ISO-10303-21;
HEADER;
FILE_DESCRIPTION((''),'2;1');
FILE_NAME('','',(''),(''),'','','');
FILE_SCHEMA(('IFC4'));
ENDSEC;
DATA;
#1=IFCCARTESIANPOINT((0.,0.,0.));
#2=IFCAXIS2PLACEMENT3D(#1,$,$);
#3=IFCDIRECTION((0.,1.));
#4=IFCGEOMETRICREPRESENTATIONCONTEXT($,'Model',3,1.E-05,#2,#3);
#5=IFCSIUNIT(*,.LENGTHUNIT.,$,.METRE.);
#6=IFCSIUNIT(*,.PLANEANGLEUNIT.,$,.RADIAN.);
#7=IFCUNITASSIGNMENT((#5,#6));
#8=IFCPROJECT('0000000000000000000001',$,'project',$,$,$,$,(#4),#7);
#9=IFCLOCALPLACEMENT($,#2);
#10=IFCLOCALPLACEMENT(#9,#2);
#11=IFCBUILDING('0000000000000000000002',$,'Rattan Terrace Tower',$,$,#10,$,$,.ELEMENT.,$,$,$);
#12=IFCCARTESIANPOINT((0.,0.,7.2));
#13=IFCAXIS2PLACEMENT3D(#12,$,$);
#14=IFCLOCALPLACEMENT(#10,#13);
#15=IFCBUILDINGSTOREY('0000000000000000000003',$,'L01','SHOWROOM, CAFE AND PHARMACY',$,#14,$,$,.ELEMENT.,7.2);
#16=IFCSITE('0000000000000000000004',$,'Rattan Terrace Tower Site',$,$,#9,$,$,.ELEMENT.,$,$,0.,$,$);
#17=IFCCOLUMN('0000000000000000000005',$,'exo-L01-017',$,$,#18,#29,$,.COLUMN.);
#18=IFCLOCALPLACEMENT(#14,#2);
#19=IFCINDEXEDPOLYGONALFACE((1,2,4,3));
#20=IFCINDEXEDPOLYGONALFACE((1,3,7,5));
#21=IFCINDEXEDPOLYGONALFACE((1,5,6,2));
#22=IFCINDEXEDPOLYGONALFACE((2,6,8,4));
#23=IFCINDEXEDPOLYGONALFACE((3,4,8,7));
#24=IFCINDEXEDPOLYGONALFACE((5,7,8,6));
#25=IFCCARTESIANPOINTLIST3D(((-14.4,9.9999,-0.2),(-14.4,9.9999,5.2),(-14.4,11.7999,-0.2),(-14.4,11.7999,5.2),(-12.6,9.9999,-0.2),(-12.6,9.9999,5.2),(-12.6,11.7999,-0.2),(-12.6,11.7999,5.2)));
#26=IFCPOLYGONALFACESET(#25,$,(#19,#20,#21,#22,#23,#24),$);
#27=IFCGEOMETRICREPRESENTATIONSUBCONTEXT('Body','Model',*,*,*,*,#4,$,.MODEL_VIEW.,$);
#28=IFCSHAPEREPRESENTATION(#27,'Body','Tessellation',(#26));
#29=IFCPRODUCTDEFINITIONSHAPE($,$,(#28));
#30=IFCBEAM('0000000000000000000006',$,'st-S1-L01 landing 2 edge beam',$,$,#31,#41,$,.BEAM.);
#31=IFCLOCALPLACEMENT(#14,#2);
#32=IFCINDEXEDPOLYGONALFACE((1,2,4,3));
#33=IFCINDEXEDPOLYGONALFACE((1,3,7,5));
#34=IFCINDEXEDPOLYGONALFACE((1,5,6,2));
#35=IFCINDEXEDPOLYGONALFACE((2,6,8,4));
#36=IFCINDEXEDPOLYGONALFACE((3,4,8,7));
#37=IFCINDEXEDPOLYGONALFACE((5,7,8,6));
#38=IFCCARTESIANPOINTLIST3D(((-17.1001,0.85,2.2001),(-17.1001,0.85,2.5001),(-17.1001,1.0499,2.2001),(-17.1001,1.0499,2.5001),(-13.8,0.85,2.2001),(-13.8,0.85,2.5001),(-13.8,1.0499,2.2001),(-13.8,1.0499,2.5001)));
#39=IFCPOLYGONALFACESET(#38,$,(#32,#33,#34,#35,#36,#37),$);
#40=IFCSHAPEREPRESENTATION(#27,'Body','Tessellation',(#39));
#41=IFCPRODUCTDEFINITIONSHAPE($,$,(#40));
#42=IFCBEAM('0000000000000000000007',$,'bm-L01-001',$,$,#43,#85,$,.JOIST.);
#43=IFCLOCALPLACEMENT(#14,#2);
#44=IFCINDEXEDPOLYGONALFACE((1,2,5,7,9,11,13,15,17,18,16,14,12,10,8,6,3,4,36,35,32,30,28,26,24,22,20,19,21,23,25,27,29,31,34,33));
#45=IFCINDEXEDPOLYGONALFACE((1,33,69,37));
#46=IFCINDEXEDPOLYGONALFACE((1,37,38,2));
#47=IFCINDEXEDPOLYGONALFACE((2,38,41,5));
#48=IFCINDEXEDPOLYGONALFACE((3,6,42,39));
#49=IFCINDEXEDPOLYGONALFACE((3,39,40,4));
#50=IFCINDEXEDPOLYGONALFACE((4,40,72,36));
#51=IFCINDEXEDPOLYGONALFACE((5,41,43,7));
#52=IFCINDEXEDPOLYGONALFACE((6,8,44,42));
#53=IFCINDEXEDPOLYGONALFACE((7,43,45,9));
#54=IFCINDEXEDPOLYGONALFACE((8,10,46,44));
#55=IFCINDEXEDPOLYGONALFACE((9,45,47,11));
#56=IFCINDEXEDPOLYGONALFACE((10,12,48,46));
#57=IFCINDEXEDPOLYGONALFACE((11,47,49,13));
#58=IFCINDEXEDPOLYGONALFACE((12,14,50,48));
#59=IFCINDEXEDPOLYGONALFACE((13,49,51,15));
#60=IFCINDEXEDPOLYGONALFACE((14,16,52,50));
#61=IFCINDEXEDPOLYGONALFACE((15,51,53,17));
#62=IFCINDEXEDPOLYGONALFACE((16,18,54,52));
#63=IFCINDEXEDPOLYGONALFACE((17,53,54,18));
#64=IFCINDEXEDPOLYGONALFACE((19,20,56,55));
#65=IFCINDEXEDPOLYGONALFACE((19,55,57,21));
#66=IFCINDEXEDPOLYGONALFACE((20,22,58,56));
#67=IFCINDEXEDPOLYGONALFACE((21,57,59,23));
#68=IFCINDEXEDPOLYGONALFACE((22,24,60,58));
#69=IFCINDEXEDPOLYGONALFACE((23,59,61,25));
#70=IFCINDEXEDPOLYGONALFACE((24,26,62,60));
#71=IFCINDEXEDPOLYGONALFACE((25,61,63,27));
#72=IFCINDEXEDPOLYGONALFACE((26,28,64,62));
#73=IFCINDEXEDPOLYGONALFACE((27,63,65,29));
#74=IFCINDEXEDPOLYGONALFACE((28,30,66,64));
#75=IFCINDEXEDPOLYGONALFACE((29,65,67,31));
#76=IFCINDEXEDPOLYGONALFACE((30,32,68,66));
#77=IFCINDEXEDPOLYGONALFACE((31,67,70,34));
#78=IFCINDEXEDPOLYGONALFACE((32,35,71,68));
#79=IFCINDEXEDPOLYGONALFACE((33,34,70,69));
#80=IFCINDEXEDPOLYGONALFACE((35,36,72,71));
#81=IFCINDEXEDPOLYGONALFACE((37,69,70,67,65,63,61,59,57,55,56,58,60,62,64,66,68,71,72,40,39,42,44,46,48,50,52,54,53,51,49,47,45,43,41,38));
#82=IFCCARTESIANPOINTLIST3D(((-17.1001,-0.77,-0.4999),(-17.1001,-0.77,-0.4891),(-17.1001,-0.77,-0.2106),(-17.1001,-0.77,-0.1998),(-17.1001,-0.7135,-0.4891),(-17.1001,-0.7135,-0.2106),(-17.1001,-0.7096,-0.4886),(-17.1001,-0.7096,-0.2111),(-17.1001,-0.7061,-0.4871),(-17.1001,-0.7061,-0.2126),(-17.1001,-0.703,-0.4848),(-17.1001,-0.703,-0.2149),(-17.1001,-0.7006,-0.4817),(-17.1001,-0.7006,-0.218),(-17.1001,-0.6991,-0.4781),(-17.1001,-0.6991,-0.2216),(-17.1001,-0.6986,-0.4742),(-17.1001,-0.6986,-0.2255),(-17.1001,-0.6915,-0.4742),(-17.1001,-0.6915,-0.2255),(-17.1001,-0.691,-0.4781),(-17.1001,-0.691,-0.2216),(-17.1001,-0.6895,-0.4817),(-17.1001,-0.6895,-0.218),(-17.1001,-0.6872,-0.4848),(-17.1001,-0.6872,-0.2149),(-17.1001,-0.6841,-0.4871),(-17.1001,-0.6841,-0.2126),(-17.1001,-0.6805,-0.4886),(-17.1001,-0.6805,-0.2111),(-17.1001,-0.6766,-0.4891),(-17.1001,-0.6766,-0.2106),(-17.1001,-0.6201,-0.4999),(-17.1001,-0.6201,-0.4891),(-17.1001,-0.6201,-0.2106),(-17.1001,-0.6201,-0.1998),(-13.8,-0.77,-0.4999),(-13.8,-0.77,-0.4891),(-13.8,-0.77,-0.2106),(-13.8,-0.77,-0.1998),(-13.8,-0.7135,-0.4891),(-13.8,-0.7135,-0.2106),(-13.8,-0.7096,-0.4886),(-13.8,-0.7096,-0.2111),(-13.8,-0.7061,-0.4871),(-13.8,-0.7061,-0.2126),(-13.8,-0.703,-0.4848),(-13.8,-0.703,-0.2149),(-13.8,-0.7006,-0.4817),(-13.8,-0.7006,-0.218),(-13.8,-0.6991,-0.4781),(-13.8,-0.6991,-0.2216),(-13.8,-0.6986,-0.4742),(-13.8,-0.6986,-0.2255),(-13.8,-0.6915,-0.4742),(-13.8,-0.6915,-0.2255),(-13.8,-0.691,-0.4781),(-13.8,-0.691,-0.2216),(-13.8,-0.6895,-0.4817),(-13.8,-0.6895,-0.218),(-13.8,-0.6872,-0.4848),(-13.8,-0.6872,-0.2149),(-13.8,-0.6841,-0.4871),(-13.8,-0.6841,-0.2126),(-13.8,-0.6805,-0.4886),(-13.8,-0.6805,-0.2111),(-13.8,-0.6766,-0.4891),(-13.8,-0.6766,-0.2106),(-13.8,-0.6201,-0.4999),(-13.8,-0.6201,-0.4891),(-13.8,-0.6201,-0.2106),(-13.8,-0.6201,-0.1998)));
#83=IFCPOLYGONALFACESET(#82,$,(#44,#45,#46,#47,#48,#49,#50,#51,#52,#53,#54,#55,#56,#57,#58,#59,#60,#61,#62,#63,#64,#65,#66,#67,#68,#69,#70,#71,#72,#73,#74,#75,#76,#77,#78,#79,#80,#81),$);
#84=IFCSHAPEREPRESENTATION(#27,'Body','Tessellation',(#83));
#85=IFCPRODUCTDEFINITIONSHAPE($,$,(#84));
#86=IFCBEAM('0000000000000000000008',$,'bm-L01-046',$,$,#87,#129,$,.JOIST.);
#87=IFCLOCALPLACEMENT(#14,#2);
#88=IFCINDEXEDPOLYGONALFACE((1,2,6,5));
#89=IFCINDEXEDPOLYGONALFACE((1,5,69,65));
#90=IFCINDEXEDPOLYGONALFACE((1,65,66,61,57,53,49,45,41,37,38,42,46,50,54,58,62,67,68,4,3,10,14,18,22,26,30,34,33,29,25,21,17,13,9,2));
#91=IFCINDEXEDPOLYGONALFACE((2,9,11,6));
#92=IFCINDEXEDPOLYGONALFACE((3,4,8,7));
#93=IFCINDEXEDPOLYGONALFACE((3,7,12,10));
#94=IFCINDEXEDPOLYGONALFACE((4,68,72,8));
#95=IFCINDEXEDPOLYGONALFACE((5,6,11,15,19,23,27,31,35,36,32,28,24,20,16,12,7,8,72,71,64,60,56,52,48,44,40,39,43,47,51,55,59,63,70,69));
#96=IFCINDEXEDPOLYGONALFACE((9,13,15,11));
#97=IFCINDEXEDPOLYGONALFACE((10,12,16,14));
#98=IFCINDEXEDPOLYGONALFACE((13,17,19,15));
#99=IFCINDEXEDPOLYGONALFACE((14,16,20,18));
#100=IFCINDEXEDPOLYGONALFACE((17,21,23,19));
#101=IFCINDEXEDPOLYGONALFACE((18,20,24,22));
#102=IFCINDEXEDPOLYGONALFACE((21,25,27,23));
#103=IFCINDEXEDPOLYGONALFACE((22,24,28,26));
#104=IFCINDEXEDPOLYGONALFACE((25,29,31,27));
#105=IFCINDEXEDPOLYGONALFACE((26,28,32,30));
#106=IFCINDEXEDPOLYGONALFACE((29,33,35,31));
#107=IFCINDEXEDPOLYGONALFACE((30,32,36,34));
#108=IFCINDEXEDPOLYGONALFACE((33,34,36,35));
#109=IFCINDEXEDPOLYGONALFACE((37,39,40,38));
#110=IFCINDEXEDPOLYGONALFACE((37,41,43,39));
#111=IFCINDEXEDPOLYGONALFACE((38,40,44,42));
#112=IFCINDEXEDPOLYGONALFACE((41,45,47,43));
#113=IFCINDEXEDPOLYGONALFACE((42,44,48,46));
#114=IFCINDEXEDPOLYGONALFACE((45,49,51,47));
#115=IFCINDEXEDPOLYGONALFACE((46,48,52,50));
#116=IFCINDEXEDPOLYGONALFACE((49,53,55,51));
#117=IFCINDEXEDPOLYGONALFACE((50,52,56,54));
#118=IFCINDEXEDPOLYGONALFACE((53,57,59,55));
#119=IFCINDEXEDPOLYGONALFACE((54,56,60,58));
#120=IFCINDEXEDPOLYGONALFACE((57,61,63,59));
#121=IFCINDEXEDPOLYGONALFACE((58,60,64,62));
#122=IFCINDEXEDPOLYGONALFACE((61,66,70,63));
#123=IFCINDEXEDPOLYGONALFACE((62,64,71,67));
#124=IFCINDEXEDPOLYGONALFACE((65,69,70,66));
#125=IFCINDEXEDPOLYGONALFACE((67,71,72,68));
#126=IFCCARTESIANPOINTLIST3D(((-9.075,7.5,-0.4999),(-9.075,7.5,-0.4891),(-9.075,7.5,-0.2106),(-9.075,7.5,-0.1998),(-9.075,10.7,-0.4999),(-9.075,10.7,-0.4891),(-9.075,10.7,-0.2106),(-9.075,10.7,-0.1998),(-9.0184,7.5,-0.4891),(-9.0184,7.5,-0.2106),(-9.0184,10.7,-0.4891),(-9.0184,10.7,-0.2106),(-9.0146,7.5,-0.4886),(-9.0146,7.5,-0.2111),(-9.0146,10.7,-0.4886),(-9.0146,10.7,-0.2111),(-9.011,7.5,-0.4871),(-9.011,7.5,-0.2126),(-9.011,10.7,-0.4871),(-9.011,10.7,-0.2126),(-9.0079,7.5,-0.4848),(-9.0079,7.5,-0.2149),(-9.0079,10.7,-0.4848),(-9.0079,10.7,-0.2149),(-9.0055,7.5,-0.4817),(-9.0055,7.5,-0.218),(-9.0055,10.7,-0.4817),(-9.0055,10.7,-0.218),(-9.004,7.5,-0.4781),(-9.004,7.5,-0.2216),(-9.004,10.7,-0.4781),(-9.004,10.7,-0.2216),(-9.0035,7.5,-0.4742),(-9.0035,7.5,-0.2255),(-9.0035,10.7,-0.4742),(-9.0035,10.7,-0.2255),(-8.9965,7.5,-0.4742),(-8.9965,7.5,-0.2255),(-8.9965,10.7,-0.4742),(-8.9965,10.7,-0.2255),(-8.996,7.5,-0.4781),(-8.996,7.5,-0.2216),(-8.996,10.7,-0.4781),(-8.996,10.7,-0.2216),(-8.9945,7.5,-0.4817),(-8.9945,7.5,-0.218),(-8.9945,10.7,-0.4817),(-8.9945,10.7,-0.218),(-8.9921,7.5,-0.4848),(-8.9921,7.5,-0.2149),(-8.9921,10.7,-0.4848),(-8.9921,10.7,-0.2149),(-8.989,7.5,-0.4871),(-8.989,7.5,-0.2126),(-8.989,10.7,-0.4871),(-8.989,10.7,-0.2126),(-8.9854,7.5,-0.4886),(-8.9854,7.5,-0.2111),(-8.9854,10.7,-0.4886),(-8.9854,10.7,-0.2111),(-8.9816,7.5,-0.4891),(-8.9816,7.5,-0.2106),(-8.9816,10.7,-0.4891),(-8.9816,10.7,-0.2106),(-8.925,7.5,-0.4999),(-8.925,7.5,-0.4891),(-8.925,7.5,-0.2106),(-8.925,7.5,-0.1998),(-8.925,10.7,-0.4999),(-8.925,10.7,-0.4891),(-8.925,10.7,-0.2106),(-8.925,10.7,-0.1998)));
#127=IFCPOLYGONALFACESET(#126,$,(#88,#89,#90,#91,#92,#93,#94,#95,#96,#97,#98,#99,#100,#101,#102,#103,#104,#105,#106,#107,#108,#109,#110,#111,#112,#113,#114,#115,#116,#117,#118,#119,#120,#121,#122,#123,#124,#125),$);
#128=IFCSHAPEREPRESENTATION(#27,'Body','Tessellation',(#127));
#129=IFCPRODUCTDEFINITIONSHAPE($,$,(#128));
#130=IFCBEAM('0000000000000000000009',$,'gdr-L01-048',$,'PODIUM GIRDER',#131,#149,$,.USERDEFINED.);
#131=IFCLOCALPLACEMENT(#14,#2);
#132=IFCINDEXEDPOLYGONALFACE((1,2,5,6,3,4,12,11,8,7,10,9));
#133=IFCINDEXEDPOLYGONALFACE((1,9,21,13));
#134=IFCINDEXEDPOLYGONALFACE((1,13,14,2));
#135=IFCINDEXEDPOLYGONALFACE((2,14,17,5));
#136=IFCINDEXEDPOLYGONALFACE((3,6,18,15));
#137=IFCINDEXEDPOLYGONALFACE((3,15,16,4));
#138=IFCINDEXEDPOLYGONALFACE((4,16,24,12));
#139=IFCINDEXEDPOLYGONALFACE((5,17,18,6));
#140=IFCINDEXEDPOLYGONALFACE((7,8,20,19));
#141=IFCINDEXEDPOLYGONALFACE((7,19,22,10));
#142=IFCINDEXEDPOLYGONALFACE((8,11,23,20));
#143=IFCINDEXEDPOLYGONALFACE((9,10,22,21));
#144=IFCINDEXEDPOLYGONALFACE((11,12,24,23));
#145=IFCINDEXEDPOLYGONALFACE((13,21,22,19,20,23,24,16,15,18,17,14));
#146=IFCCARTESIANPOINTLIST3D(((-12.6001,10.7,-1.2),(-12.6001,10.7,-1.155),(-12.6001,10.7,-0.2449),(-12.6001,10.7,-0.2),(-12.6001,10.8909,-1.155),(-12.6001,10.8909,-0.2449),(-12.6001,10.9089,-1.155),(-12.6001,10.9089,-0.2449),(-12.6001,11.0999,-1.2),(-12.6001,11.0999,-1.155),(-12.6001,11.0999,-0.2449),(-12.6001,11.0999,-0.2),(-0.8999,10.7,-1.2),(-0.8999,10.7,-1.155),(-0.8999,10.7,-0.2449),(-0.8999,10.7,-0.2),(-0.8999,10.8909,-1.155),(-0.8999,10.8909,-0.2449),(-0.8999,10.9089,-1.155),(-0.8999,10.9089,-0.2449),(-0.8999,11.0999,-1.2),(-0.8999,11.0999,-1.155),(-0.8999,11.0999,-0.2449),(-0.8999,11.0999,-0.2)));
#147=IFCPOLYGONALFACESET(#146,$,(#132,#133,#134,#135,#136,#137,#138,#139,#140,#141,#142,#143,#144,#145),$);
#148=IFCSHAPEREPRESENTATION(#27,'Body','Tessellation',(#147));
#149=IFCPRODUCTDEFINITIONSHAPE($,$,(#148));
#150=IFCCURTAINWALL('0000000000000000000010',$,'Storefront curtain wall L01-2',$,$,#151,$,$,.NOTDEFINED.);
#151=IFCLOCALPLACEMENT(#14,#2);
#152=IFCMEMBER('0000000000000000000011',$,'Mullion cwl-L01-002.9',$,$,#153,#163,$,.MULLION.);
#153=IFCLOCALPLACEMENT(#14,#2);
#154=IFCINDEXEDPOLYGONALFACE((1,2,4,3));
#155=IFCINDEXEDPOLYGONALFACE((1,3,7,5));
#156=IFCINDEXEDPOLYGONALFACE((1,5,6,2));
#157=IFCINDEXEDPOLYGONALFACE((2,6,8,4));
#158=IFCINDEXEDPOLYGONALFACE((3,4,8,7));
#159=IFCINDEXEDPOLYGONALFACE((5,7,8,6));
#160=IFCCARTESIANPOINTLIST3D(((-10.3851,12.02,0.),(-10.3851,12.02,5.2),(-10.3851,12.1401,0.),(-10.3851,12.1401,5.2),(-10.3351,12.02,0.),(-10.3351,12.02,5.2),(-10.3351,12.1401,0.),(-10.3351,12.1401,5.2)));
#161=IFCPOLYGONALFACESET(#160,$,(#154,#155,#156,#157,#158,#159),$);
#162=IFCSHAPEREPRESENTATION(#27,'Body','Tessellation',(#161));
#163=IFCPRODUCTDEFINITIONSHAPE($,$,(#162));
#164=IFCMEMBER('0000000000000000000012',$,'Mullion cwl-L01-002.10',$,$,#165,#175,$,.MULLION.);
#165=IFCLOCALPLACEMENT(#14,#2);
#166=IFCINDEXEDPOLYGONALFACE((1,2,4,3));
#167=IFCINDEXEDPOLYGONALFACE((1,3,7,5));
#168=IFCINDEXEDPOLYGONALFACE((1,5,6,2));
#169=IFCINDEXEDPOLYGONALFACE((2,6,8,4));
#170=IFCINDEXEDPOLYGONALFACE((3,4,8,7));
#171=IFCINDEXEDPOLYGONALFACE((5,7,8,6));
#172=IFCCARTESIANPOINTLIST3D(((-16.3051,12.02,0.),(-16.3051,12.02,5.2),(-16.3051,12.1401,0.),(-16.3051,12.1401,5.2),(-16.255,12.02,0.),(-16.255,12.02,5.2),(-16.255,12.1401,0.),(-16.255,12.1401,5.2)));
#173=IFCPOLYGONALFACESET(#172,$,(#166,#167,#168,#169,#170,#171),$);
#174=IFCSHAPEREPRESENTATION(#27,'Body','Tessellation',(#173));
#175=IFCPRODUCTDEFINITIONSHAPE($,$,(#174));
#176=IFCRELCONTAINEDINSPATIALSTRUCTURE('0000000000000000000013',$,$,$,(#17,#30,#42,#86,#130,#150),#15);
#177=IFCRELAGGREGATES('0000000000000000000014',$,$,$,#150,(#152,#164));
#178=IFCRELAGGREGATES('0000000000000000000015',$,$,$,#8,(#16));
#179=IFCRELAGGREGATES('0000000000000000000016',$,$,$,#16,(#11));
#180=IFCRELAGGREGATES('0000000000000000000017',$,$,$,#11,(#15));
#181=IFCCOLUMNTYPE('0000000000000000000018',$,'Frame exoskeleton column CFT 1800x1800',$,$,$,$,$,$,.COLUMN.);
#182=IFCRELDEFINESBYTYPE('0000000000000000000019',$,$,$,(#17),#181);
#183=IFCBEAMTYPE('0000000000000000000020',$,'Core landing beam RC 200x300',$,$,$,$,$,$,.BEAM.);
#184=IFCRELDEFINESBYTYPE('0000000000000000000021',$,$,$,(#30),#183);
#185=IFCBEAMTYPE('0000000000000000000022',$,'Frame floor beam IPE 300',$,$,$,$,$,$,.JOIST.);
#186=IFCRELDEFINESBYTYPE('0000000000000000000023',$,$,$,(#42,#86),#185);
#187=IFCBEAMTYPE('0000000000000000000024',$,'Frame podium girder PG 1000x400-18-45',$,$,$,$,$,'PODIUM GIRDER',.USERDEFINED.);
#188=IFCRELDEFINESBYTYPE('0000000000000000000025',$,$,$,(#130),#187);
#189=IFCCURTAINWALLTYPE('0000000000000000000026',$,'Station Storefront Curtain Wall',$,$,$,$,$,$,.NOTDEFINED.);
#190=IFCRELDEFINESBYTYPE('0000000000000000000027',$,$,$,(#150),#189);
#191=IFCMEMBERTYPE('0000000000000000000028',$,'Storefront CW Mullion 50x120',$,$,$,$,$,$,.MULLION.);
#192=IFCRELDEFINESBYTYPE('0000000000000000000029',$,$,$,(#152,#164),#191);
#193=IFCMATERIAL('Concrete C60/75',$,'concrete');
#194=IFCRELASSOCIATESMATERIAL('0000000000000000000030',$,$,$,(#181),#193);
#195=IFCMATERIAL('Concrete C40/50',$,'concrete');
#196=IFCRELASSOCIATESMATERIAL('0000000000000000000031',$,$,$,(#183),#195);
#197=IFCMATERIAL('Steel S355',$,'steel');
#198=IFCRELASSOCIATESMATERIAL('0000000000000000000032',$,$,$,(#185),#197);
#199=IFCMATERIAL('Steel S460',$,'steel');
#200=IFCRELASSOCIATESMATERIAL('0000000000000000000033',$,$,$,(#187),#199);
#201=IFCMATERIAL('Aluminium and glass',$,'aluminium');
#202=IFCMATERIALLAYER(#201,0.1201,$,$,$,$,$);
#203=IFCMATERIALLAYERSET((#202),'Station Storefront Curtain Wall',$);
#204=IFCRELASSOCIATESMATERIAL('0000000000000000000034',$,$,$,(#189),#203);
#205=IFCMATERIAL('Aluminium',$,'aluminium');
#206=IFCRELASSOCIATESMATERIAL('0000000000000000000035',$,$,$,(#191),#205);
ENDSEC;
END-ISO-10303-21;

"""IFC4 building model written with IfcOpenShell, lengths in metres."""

from ifc_helpers import new_model, si_unit, direction, frame, origin, origin_2d, place, context, subcontext, project, spatial, rectangle, i_section, extrude, material, layer, layer_set, material_profile, profile_set, type_object, element, aggregate, save


model = new_model("IFC4")

# Units and contexts
model_context = context("Model", 3, precision=1e-05, world=origin(), true_north=direction((0.0, 1.0)))
body_context = subcontext(model_context, "Body", "Model", "MODEL_VIEW")
ifc_project = project(units=[si_unit("LENGTHUNIT", "METRE"), si_unit("PLANEANGLEUNIT", "RADIAN")], contexts=[model_context])

# Site, building, storey
site_placement = place(None, origin())
site = spatial("IfcSite", under=ifc_project, at=site_placement, Name="Rattan Terrace Tower Site", CompositionType="ELEMENT", RefElevation=0.0)
building_placement = place(site_placement, origin())
building = spatial("IfcBuilding", under=site, at=building_placement, Name="Rattan Terrace Tower", CompositionType="ELEMENT")
storey_placement = place(building_placement, frame((0.0, 0.0, 7.2)))
storey = spatial("IfcBuildingStorey", under=building, at=storey_placement, Name="L01", Description="SHOWROOM, CAFE AND PHARMACY", CompositionType="ELEMENT", Elevation=7.2)

# Column
ifc_material_1 = material(Name="Concrete C60/75", Category="concrete")
ifc_material_profile_1 = material_profile(ifc_material_1, rectangle(XDim=1.8, YDim=1.8, at=origin_2d()), Name="CFT 1800x1800")
ifc_profile_set_1 = profile_set([ifc_material_profile_1], Name="Concrete C60/75")
column_type = type_object("IfcColumnType", Name="Frame exoskeleton column CFT 1800x1800", PredefinedType="COLUMN", material=ifc_profile_set_1)
column_placement = place(storey_placement, frame((-13.5, 10.8999, -0.2), z_axis=(0.0, 0.0, 1.0), x_axis=(1.0, 0.0, 0.0)))
element("IfcColumn", 1, at=column_placement, inside=storey, type_object=column_type, Name="exo-L01-017", PredefinedType="COLUMN", context=body_context, shape_type="SweptSolid", body=[
    extrude(rectangle(XDim=1.8, YDim=1.8, at=origin_2d()), origin(), (0.0, 0.0, 1.0), 5.3999),
])

# Beams
ifc_material_2 = material(Name="Concrete C40/50", Category="concrete")
ifc_material_profile_2 = material_profile(ifc_material_2, rectangle(XDim=0.2, YDim=0.3, at=origin_2d()), Name="RC 200x300")
ifc_profile_set_2 = profile_set([ifc_material_profile_2], Name="Concrete C40/50")
beam_type_1 = type_object("IfcBeamType", Name="Core landing beam RC 200x300", PredefinedType="BEAM", material=ifc_profile_set_2)
beam_1_placement = place(storey_placement, frame((-17.1001, 0.95, 2.3501), z_axis=(1.0, 0.0, 0.0), x_axis=(0.0, 1.0, 0.0)))
element("IfcBeam", 2, at=beam_1_placement, inside=storey, type_object=beam_type_1, Name="st-S1-L01 landing 2 edge beam", PredefinedType="BEAM", context=body_context, shape_type="SweptSolid", body=[
    extrude(rectangle(XDim=0.2, YDim=0.3, at=origin_2d()), origin(), (0.0, 0.0, 1.0), 3.3),
])
ifc_material_3 = material(Name="Steel S355", Category="steel")
ifc_material_profile_3 = material_profile(ifc_material_3, i_section(OverallWidth=0.1499, OverallDepth=0.3, WebThickness=0.0071, FlangeThickness=0.0107, FilletRadius=0.0149, at=origin_2d()), Name="IPE 300")
ifc_profile_set_3 = profile_set([ifc_material_profile_3], Name="Steel S355")
beam_type_2 = type_object("IfcBeamType", Name="Frame floor beam IPE 300", PredefinedType="JOIST", material=ifc_profile_set_3)
beam_2_placement = place(storey_placement, frame((-17.1001, -0.6951, -0.3499), z_axis=(1.0, 0.0, 0.0), x_axis=(0.0, 1.0, 0.0)))
element("IfcBeam", 3, at=beam_2_placement, inside=storey, type_object=beam_type_2, Name="bm-L01-001", PredefinedType="JOIST", context=body_context, shape_type="SweptSolid", body=[
    extrude(i_section(OverallWidth=0.1499, OverallDepth=0.3, WebThickness=0.0071, FlangeThickness=0.0107, FilletRadius=0.0149, at=origin_2d()), origin(), (0.0, 0.0, 1.0), 3.3),
])
beam_3_placement = place(storey_placement, frame((-9.0, 7.5, -0.3499), z_axis=(0.0, 1.0, 0.0), x_axis=(-1.0, 0.0, 0.0)))
element("IfcBeam", 4, at=beam_3_placement, inside=storey, type_object=beam_type_2, Name="bm-L01-046", PredefinedType="JOIST", context=body_context, shape_type="SweptSolid", body=[
    extrude(i_section(OverallWidth=0.1499, OverallDepth=0.3, WebThickness=0.0071, FlangeThickness=0.0107, FilletRadius=0.0149, at=origin_2d()), origin(), (0.0, 0.0, 1.0), 3.2),
])
ifc_material_4 = material(Name="Steel S460", Category="steel")
ifc_material_profile_4 = material_profile(ifc_material_4, i_section(OverallWidth=0.3999, OverallDepth=1.0, WebThickness=0.0181, FlangeThickness=0.0449, at=origin_2d()), Name="PG 1000x400-18-45")
ifc_profile_set_4 = profile_set([ifc_material_profile_4], Name="Steel S460")
beam_type_3 = type_object("IfcBeamType", Name="Frame podium girder PG 1000x400-18-45", ElementType="PODIUM GIRDER", PredefinedType="USERDEFINED", material=ifc_profile_set_4)
beam_4_placement = place(storey_placement, frame((-12.6001, 10.8999, -0.7), z_axis=(1.0, 0.0, 0.0), x_axis=(0.0, 1.0, 0.0)))
element("IfcBeam", 5, at=beam_4_placement, inside=storey, type_object=beam_type_3, Name="gdr-L01-048", ObjectType="PODIUM GIRDER", PredefinedType="USERDEFINED", context=body_context, shape_type="SweptSolid", body=[
    extrude(i_section(OverallWidth=0.3999, OverallDepth=1.0, WebThickness=0.0181, FlangeThickness=0.0449, at=origin_2d()), origin(), (0.0, 0.0, 1.0), 11.7002),
])

# Curtain wall, members
ifc_material_5 = material(Name="Aluminium and glass", Category="aluminium")
ifc_layer_1 = layer(ifc_material_5, 0.1201)
ifc_layer_set_1 = layer_set([ifc_layer_1], Name="Station Storefront Curtain Wall")
curtain_wall_type = type_object("IfcCurtainWallType", Name="Station Storefront Curtain Wall", PredefinedType="NOTDEFINED", material=ifc_layer_set_1)
curtain_wall_placement = place(storey_placement, origin())
curtain_wall = element("IfcCurtainWall", 6, at=curtain_wall_placement, inside=storey, type_object=curtain_wall_type, Name="Storefront curtain wall L01-2", PredefinedType="NOTDEFINED")
ifc_material_6 = material(Name="Aluminium", Category="aluminium")
ifc_material_profile_5 = material_profile(ifc_material_6, rectangle(XDim=0.05, YDim=0.1201, at=origin_2d()), Name="Aluminium 50x120")
ifc_profile_set_5 = profile_set([ifc_material_profile_5], Name="Aluminium")
member_type_1 = type_object("IfcMemberType", Name="Storefront CW Mullion 50x120", PredefinedType="MULLION", material=ifc_profile_set_5)
member_1_placement = place(storey_placement, frame((-10.3601, 12.0801, 0.0), z_axis=(0.0, 0.0, 1.0), x_axis=(-1.0, 0.0, 0.0)))
member_1 = element("IfcMember", 7, at=member_1_placement, type_object=member_type_1, Name="Mullion cwl-L01-002.9", PredefinedType="MULLION", context=body_context, shape_type="SweptSolid", body=[
    extrude(rectangle(XDim=0.05, YDim=0.1201, at=origin_2d()), origin(), (0.0, 0.0, 1.0), 5.2),
])
member_2_placement = place(storey_placement, frame((-16.28, 12.0801, 0.0), z_axis=(0.0, 0.0, 1.0), x_axis=(-1.0, 0.0, 0.0)))
member_2 = element("IfcMember", 8, at=member_2_placement, type_object=member_type_1, Name="Mullion cwl-L01-002.10", PredefinedType="MULLION", context=body_context, shape_type="SweptSolid", body=[
    extrude(rectangle(XDim=0.05, YDim=0.1201, at=origin_2d()), origin(), (0.0, 0.0, 1.0), 5.2),
])
aggregate(curtain_wall, [member_1, member_2])

save(model, "model.ifc")
